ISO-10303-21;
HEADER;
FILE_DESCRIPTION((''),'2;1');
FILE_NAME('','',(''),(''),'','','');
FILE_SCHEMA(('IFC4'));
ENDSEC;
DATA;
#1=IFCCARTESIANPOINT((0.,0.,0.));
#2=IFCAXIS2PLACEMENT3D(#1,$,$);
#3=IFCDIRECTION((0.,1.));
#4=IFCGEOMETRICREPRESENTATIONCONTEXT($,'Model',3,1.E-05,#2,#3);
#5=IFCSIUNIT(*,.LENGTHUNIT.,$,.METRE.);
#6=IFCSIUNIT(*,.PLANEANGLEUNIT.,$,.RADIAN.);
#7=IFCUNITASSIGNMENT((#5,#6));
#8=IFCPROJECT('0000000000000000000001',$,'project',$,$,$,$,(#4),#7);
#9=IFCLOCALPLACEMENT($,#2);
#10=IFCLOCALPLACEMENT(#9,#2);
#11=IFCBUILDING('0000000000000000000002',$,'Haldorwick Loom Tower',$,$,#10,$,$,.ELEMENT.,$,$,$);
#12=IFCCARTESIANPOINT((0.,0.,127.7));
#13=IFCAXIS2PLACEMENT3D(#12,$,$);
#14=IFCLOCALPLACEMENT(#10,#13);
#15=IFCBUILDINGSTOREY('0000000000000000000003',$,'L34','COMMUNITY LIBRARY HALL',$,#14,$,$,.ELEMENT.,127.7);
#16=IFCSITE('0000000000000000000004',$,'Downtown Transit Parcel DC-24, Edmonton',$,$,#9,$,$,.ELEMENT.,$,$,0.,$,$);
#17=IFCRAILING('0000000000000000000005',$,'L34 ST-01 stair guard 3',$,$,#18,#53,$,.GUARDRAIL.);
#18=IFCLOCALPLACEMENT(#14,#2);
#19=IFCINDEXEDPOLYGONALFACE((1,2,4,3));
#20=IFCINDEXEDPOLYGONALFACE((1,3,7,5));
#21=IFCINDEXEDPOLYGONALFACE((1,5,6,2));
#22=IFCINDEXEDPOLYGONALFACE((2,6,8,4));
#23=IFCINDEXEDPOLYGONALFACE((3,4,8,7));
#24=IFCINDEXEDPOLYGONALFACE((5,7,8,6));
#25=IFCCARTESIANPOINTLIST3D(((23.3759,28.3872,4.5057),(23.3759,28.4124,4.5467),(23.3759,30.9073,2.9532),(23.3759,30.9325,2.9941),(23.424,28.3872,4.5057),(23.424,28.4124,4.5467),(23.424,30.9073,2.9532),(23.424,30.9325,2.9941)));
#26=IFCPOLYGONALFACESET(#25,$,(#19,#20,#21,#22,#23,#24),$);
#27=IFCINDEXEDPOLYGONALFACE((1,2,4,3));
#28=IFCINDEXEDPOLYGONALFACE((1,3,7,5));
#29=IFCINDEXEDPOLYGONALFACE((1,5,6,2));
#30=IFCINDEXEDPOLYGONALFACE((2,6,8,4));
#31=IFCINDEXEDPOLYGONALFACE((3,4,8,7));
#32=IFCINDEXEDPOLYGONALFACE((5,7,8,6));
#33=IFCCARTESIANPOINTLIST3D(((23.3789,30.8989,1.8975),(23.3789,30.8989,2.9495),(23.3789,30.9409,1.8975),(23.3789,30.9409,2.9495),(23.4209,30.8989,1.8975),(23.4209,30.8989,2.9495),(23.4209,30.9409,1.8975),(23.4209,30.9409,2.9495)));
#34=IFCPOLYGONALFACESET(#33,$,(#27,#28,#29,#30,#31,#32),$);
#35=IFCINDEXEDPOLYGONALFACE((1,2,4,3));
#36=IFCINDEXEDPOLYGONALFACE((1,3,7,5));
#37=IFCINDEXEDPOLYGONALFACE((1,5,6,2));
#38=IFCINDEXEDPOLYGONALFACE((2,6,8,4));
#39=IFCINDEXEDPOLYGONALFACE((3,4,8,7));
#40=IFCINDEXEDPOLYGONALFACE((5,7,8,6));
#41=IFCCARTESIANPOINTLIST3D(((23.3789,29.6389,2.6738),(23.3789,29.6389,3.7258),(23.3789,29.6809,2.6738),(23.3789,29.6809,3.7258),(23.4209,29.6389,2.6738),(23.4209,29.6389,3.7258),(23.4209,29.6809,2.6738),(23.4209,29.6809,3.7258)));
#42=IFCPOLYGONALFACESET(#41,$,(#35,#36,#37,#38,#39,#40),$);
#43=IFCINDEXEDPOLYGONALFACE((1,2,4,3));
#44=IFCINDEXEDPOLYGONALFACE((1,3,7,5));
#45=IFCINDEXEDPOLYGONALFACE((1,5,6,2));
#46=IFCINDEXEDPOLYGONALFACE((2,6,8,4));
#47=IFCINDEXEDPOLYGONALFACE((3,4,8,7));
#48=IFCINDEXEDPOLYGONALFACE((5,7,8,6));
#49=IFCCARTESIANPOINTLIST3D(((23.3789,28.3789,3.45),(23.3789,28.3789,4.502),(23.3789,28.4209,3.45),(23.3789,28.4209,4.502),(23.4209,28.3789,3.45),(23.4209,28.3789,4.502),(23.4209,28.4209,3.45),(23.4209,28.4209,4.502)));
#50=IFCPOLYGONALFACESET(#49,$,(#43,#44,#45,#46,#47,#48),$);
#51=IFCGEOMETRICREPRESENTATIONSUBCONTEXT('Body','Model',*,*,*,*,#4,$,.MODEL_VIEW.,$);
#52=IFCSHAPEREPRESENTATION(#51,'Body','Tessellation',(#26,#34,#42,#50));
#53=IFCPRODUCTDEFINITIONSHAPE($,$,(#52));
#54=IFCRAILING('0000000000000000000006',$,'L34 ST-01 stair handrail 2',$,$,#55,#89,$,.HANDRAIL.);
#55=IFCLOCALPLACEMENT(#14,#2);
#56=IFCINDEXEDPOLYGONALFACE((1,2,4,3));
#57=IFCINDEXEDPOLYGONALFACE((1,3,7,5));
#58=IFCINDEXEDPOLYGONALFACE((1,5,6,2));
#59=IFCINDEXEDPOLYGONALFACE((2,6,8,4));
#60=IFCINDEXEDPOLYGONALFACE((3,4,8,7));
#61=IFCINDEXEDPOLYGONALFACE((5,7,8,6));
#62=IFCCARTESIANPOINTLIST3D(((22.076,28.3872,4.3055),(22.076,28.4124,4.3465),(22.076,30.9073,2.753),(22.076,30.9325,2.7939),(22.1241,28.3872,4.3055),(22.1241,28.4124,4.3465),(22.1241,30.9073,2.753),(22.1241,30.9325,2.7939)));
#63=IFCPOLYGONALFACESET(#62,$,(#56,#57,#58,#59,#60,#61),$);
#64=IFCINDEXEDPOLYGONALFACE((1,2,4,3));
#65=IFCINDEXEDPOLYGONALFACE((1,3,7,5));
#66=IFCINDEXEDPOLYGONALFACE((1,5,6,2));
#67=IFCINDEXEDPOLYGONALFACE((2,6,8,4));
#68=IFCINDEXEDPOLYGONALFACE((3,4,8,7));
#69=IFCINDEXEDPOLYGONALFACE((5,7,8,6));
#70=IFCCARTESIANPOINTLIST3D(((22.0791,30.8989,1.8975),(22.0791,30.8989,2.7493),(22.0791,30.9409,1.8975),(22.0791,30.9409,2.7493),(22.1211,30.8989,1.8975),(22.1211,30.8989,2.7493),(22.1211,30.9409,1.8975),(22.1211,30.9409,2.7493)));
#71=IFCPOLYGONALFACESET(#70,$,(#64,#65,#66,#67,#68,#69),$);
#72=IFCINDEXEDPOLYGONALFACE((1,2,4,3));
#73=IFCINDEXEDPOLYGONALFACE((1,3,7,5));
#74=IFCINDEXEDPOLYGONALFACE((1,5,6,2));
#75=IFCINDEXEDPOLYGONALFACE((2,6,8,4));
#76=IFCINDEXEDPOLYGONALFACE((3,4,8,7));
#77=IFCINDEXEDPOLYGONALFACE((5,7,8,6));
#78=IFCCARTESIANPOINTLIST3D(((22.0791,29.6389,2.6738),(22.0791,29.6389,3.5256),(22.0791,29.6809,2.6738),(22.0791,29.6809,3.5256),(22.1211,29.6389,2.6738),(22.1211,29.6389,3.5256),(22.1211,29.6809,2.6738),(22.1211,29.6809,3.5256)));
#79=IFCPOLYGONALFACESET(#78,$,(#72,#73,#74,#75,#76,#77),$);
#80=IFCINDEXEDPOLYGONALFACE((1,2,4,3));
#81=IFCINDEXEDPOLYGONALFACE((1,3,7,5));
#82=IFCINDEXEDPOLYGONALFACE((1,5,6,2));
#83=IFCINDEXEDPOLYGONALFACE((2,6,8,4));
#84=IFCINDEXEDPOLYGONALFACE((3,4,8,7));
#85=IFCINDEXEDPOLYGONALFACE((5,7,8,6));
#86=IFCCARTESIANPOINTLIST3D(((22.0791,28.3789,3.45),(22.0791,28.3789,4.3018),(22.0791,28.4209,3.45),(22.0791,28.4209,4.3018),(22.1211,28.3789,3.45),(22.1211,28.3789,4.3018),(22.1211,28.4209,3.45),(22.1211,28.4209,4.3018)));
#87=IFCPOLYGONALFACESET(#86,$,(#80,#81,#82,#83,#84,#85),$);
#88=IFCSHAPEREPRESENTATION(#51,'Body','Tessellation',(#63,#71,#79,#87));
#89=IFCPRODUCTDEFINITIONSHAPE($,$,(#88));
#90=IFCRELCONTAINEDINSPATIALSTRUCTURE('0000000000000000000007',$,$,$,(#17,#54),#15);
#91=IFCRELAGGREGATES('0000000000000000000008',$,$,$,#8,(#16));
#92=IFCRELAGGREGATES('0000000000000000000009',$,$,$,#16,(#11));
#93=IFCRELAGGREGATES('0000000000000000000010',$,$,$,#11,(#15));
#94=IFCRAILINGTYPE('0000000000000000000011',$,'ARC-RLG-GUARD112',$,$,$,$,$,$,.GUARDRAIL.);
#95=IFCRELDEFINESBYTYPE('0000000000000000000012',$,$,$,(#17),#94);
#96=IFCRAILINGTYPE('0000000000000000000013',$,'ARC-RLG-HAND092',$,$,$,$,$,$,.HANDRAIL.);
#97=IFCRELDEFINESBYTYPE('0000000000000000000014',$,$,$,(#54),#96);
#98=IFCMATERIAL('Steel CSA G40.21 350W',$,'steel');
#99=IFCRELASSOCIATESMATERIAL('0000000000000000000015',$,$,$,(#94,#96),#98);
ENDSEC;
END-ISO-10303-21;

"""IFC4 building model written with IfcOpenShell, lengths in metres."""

from ifc_helpers import new_model, si_unit, direction, frame, origin, origin_2d, place, context, subcontext, project, spatial, rectangle, extrude, material, type_object, element, save


model = new_model("IFC4")

# Units and contexts
model_context = context("Model", 3, precision=1e-05, world=origin(), true_north=direction((0.0, 1.0)))
body_context = subcontext(model_context, "Body", "Model", "MODEL_VIEW")
ifc_project = project(units=[si_unit("LENGTHUNIT", "METRE"), si_unit("PLANEANGLEUNIT", "RADIAN")], contexts=[model_context])

# Site, building, storey
site_placement = place(None, origin())
site = spatial("IfcSite", under=ifc_project, at=site_placement, Name="Downtown Transit Parcel DC-24, Edmonton", CompositionType="ELEMENT", RefElevation=0.0)
building_placement = place(site_placement, origin())
building = spatial("IfcBuilding", under=site, at=building_placement, Name="Haldorwick Loom Tower", CompositionType="ELEMENT")
storey_placement = place(building_placement, frame((0.0, 0.0, 127.7)))
storey = spatial("IfcBuildingStorey", under=building, at=storey_placement, Name="L34", Description="COMMUNITY LIBRARY HALL", CompositionType="ELEMENT", Elevation=127.7)

# Shared definitions
ifc_material_1 = material(Name="Steel CSA G40.21 350W", Category="steel")

# Railings
railing_type_1 = type_object("IfcRailingType", Name="ARC-RLG-GUARD112", PredefinedType="GUARDRAIL", material=ifc_material_1)
railing_1_placement = place(storey_placement, frame((23.3999, 30.9199, 1.8975)))
element("IfcRailing", 1, at=railing_1_placement, inside=storey, type_object=railing_type_1, Name="L34 ST-01 stair guard 3", PredefinedType="GUARDRAIL", context=body_context, shape_type="SweptSolid", body=[
    extrude(rectangle(XDim=0.0481, YDim=0.0481, at=origin_2d()), frame((0.0, 0.0, 1.0762), z_axis=(0.0, -0.8514, 0.524516), x_axis=(1.0, 0.0, 0.0)), (0.0, 0.0, 1.0), 2.96),
    extrude(rectangle(XDim=0.042, YDim=0.042, at=origin_2d()), origin(), (0.0, 0.0, 1.0), 1.052),
    extrude(rectangle(XDim=0.042, YDim=0.042, at=origin_2d()), frame((0.0, -1.26, 0.7764)), (0.0, 0.0, 1.0), 1.052),
    extrude(rectangle(XDim=0.042, YDim=0.042, at=origin_2d()), frame((0.0, -2.52, 1.5525)), (0.0, 0.0, 1.0), 1.052),
])
railing_type_2 = type_object("IfcRailingType", Name="ARC-RLG-HAND092", PredefinedType="HANDRAIL", material=ifc_material_1)
railing_2_placement = place(storey_placement, frame((22.1001, 30.9199, 1.8975)))
element("IfcRailing", 2, at=railing_2_placement, inside=storey, type_object=railing_type_2, Name="L34 ST-01 stair handrail 2", PredefinedType="HANDRAIL", context=body_context, shape_type="SweptSolid", body=[
    extrude(rectangle(XDim=0.0481, YDim=0.0481, at=origin_2d()), frame((0.0, 0.0, 0.876), z_axis=(0.0, -0.8514, 0.524516), x_axis=(1.0, 0.0, 0.0)), (0.0, 0.0, 1.0), 2.96),
    extrude(rectangle(XDim=0.042, YDim=0.042, at=origin_2d()), origin(), (0.0, 0.0, 1.0), 0.8518),
    extrude(rectangle(XDim=0.042, YDim=0.042, at=origin_2d()), frame((0.0, -1.26, 0.7764)), (0.0, 0.0, 1.0), 0.8518),
    extrude(rectangle(XDim=0.042, YDim=0.042, at=origin_2d()), frame((0.0, -2.52, 1.5525)), (0.0, 0.0, 1.0), 0.8518),
])

save(model, "model.ifc")
